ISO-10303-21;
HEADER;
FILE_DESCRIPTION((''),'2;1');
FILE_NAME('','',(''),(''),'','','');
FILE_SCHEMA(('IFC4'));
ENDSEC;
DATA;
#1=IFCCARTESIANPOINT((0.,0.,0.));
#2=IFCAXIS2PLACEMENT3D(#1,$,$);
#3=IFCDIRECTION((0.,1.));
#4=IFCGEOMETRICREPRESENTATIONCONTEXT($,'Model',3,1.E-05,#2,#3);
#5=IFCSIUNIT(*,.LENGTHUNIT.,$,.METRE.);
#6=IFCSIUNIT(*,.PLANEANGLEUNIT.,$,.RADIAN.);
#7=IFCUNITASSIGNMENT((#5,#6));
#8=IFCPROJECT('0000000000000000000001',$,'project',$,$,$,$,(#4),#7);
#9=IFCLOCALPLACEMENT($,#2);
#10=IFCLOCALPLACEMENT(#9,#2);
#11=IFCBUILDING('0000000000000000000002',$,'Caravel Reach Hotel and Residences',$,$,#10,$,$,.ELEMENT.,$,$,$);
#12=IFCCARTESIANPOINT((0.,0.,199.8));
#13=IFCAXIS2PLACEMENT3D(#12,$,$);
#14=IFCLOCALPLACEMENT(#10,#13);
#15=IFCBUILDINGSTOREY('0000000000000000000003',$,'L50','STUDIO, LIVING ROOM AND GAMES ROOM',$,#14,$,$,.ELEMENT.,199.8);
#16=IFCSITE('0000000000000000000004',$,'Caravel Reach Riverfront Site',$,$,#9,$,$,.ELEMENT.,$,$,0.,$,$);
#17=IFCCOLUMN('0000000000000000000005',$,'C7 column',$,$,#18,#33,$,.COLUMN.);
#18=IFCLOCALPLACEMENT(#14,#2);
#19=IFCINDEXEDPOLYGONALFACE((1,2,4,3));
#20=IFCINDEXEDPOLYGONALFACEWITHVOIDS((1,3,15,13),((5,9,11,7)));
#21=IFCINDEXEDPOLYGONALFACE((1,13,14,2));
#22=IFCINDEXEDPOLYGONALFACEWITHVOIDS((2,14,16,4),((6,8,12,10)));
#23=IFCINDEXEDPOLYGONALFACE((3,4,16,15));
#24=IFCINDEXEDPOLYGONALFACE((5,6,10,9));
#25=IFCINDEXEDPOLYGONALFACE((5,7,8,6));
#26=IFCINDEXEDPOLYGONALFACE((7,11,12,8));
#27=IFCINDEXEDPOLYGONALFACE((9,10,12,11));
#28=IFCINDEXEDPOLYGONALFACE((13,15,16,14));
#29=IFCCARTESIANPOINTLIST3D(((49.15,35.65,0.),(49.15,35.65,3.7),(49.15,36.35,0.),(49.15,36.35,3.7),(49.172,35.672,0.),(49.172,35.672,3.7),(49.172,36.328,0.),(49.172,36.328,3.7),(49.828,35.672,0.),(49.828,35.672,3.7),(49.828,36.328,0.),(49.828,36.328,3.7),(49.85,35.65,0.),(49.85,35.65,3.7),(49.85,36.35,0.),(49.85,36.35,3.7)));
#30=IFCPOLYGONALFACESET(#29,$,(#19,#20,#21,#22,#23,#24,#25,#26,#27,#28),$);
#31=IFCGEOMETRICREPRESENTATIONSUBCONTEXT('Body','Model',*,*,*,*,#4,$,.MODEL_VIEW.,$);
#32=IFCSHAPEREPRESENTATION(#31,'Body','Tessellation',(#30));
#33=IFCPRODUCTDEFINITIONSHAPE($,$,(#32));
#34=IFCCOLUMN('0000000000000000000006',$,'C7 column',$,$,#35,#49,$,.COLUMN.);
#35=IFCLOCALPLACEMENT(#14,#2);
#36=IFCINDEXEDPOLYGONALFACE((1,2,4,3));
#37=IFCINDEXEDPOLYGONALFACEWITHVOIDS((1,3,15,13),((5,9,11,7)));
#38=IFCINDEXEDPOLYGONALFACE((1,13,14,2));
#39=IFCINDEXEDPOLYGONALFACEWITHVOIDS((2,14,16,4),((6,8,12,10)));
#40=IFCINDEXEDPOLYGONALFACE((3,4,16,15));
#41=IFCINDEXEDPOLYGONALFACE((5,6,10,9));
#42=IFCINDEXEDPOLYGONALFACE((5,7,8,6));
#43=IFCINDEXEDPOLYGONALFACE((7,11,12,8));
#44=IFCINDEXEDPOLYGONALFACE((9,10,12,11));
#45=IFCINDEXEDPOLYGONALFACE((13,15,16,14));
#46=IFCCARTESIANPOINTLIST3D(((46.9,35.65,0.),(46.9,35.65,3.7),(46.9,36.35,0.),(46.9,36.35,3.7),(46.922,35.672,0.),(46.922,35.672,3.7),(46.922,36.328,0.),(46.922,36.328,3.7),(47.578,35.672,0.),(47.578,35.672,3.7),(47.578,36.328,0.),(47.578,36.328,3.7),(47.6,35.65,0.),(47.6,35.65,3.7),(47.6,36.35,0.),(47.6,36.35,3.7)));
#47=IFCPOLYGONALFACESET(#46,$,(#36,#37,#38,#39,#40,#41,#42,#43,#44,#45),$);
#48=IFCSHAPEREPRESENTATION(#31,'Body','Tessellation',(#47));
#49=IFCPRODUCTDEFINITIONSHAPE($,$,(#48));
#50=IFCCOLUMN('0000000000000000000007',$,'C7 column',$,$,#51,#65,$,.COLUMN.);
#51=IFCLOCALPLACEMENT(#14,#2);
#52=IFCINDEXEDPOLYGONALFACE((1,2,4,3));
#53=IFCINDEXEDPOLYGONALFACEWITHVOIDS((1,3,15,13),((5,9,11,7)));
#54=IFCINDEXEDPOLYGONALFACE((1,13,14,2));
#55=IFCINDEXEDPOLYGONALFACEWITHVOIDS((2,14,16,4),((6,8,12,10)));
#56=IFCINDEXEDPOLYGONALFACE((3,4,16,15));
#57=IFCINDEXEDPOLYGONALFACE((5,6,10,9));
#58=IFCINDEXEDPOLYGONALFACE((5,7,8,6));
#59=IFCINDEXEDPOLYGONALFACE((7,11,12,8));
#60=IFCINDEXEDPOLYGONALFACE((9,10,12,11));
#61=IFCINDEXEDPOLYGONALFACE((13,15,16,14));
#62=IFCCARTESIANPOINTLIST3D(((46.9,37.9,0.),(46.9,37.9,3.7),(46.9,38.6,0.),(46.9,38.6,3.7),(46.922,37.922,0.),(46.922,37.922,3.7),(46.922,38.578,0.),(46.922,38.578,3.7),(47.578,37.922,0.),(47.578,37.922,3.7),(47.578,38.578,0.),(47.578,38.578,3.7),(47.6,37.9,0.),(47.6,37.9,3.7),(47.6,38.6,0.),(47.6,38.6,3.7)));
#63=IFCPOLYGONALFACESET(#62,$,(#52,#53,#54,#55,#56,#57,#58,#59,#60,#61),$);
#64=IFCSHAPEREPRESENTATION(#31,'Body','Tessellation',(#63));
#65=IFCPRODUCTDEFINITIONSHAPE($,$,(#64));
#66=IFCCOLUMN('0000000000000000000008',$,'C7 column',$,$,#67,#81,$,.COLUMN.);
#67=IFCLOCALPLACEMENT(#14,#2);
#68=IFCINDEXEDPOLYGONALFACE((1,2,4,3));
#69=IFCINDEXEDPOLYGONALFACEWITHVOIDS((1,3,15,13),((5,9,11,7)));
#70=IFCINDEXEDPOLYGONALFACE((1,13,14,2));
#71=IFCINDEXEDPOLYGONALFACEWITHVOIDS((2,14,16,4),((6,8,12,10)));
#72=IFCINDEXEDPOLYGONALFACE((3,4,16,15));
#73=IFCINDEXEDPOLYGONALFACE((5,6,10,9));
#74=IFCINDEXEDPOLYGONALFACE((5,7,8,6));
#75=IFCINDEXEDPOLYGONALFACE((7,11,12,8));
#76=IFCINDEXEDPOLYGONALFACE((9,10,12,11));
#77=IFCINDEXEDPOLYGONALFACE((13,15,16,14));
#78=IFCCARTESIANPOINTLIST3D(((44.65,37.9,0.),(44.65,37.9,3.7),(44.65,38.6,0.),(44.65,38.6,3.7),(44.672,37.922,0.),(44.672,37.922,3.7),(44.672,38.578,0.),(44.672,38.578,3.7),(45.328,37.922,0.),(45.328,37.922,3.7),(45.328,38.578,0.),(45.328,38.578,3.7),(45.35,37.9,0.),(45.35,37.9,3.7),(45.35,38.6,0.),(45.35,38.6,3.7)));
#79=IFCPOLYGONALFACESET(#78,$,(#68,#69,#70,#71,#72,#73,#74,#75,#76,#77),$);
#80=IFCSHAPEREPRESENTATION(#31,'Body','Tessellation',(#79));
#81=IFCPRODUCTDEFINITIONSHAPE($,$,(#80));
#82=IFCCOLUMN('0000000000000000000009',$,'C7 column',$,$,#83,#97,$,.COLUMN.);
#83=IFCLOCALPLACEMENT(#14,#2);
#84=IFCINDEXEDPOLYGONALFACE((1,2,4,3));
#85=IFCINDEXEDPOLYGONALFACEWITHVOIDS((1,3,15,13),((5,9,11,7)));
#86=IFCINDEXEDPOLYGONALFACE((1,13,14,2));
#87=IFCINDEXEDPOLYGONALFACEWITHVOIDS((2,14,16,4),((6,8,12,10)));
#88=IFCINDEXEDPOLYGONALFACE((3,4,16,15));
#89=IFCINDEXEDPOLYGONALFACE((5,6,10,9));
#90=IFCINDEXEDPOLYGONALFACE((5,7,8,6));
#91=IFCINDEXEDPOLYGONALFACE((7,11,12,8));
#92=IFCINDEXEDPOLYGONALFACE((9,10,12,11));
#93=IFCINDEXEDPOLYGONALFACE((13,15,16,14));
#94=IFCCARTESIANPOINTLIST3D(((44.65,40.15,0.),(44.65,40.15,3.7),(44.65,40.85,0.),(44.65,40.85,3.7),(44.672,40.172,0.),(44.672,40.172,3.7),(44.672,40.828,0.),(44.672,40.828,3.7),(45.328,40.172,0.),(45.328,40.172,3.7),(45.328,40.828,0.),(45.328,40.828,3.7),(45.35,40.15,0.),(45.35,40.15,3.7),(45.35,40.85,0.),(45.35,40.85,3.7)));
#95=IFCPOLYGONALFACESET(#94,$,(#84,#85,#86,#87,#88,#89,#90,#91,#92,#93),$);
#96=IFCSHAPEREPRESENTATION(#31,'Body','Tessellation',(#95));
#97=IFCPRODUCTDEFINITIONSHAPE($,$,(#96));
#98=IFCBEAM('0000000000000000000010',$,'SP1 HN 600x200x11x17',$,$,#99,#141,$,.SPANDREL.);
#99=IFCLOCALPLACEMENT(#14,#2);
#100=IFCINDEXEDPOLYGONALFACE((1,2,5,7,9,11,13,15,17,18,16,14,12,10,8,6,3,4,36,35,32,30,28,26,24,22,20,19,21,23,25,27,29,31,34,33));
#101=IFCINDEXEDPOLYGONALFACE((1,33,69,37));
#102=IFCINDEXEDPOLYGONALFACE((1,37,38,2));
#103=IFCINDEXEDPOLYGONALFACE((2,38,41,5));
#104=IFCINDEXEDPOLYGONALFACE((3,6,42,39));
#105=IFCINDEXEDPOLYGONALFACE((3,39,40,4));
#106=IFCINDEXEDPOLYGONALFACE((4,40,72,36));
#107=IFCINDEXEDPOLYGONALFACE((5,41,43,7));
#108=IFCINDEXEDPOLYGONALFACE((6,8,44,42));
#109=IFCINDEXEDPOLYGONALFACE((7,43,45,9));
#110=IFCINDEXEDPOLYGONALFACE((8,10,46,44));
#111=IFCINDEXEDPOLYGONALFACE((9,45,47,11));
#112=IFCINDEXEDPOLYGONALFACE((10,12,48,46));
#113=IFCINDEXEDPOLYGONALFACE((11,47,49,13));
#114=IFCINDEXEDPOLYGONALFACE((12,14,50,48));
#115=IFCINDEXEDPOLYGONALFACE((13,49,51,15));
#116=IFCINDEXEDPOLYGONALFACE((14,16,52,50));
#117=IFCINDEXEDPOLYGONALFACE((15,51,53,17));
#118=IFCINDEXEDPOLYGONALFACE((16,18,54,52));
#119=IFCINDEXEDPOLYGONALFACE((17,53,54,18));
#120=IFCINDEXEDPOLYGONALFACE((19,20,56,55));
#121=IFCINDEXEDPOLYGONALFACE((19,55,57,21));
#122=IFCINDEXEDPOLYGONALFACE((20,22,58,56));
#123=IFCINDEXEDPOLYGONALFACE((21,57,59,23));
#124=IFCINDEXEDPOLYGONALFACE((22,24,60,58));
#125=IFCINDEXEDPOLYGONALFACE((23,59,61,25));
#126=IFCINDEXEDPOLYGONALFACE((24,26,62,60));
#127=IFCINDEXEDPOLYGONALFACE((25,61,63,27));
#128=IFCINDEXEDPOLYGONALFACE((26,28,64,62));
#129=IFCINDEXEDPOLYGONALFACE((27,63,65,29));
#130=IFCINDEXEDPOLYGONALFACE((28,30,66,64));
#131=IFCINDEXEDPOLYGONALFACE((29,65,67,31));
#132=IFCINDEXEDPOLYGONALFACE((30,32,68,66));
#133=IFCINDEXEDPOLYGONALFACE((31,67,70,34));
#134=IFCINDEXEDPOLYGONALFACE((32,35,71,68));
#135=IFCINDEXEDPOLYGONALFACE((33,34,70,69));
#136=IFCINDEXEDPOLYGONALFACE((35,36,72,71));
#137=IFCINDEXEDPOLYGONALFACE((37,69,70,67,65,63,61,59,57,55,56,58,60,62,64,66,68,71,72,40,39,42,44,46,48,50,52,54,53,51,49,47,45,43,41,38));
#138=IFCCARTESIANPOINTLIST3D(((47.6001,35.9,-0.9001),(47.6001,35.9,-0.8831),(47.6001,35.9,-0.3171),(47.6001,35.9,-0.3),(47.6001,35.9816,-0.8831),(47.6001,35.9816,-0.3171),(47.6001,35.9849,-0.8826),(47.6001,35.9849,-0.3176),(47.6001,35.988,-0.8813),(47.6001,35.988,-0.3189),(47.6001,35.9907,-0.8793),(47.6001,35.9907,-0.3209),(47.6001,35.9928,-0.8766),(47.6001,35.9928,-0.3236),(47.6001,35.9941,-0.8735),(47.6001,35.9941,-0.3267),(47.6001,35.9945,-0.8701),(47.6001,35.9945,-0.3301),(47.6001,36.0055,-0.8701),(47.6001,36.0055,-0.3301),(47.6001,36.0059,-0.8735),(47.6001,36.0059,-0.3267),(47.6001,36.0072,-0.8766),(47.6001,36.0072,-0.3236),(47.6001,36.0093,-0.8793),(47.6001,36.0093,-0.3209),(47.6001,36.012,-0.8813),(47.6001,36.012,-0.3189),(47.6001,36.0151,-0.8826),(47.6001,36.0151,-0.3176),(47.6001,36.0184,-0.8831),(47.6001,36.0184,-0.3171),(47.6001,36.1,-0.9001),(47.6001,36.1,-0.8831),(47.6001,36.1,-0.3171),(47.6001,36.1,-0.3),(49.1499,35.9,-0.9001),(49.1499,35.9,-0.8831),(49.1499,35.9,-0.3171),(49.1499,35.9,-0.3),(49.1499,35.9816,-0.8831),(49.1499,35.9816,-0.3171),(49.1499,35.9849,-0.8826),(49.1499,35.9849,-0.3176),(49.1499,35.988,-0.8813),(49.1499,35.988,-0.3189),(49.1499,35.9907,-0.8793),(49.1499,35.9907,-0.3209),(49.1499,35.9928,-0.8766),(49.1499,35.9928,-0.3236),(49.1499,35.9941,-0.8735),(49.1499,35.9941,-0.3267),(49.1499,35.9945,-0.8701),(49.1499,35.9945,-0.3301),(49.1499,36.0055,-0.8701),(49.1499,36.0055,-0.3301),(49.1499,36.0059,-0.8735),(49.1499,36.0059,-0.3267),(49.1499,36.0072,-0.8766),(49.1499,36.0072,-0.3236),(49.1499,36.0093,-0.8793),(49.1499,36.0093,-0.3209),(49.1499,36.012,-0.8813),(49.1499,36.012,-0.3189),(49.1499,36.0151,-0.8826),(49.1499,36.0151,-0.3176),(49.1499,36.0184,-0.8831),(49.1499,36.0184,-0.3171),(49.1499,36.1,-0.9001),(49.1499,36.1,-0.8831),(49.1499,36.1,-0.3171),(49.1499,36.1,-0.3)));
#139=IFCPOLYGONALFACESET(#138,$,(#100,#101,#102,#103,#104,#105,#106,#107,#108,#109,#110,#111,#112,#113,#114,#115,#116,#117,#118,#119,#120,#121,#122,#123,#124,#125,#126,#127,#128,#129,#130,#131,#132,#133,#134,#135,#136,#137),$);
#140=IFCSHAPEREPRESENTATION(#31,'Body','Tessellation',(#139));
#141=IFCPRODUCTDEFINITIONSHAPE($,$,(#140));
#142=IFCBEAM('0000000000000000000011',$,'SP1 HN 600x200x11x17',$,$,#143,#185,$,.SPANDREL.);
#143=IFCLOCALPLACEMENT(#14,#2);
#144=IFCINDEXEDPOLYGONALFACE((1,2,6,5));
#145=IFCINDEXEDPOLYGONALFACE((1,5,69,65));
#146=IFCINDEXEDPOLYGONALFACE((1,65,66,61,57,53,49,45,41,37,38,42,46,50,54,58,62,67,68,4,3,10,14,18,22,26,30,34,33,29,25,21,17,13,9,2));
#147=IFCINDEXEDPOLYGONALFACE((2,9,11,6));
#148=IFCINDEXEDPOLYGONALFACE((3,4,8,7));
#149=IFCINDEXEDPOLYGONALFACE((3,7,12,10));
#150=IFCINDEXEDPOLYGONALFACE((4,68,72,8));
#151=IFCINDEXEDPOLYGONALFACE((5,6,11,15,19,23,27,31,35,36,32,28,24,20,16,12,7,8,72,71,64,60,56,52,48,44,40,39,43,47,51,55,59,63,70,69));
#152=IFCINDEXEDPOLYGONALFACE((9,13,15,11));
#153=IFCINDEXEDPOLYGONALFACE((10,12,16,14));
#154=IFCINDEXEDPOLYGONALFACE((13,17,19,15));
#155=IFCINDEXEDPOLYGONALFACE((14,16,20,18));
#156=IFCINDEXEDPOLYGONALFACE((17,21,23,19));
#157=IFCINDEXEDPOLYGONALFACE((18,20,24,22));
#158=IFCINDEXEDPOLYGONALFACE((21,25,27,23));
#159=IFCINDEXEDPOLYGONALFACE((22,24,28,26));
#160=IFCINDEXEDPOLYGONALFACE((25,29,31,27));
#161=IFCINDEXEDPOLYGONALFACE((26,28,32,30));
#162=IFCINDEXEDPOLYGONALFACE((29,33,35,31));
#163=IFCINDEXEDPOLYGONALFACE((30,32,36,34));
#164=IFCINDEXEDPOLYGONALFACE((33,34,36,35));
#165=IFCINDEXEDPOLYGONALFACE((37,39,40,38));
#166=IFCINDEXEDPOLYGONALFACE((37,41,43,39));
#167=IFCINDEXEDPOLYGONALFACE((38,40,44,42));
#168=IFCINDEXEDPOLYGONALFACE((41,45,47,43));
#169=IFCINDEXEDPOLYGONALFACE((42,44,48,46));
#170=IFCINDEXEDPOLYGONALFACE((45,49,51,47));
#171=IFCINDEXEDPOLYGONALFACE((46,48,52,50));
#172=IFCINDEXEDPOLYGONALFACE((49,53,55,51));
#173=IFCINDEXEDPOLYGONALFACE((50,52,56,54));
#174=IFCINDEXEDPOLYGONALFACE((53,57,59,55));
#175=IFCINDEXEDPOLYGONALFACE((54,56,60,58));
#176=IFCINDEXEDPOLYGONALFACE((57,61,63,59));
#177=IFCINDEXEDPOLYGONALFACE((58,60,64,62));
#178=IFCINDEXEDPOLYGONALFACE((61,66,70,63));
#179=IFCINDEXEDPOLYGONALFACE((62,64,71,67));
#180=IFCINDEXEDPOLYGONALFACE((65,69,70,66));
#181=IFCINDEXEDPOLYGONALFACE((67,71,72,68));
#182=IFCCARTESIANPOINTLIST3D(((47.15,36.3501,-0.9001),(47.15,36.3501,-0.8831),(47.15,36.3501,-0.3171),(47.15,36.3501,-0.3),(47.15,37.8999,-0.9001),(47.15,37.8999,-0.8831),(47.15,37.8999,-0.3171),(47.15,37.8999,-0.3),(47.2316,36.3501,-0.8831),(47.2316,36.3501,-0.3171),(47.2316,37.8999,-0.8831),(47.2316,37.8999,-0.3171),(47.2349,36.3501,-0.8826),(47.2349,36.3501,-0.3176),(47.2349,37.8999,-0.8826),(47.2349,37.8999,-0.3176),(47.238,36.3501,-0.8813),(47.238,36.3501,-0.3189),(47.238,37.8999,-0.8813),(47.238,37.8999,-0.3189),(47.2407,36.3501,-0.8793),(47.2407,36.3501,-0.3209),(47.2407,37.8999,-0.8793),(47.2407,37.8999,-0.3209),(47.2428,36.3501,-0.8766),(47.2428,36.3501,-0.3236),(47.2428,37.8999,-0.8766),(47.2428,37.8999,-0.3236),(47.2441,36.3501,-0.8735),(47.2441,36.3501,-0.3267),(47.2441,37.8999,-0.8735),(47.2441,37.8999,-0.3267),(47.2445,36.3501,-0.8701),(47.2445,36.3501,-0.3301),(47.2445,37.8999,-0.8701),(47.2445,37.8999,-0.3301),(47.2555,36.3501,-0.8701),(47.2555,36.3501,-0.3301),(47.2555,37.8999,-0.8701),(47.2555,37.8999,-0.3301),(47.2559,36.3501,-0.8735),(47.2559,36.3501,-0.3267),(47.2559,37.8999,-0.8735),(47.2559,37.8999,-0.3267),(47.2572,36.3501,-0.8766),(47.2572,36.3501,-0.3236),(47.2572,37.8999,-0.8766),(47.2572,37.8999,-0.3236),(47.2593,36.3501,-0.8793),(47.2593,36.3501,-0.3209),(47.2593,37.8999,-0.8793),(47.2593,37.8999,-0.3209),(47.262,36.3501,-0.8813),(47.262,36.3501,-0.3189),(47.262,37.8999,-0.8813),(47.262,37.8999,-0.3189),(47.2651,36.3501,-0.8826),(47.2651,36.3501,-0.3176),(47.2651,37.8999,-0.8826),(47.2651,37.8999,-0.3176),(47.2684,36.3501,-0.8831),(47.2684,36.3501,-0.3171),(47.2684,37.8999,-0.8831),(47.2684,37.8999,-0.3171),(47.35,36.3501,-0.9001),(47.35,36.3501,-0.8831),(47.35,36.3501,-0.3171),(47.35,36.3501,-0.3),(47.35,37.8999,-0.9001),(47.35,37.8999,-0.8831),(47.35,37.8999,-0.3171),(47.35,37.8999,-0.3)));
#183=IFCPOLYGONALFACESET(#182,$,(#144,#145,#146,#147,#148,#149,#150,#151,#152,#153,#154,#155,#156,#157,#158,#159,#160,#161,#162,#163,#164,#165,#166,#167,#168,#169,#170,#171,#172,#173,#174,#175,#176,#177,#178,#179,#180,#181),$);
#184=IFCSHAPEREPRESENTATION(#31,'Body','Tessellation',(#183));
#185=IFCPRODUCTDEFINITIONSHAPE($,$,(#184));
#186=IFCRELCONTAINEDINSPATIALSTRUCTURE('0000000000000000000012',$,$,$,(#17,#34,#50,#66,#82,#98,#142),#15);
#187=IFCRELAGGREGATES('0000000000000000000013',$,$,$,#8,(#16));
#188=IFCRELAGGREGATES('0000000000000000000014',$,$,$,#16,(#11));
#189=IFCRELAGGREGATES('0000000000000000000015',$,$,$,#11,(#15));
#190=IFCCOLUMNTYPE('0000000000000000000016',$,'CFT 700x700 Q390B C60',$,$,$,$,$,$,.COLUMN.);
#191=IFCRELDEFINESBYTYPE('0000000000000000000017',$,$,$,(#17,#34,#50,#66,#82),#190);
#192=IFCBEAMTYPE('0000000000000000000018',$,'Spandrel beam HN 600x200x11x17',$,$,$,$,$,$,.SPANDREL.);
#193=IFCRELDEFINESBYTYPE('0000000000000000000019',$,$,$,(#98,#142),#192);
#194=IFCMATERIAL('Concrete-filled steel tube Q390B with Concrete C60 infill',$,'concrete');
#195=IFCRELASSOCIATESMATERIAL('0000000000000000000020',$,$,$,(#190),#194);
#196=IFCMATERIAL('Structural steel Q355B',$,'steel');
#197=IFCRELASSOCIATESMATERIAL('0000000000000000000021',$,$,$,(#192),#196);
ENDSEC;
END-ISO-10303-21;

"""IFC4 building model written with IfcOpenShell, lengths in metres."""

from ifc_helpers import new_model, si_unit, direction, frame, origin, origin_2d, place, context, subcontext, project, spatial, hollow_rectangle, i_section, extrude, material, material_profile, profile_set, type_object, element, save


model = new_model("IFC4")

# Units and contexts
model_context = context("Model", 3, precision=1e-05, world=origin(), true_north=direction((0.0, 1.0)))
body_context = subcontext(model_context, "Body", "Model", "MODEL_VIEW")
ifc_project = project(units=[si_unit("LENGTHUNIT", "METRE"), si_unit("PLANEANGLEUNIT", "RADIAN")], contexts=[model_context])

# Site, building, storey
site_placement = place(None, origin())
site = spatial("IfcSite", under=ifc_project, at=site_placement, Name="Caravel Reach Riverfront Site", CompositionType="ELEMENT", RefElevation=0.0)
building_placement = place(site_placement, origin())
building = spatial("IfcBuilding", under=site, at=building_placement, Name="Caravel Reach Hotel and Residences", CompositionType="ELEMENT")
storey_placement = place(building_placement, frame((0.0, 0.0, 199.8)))
storey = spatial("IfcBuildingStorey", under=building, at=storey_placement, Name="L50", Description="STUDIO, LIVING ROOM AND GAMES ROOM", CompositionType="ELEMENT", Elevation=199.8)

# Columns
ifc_material_1 = material(Name="Concrete-filled steel tube Q390B with Concrete C60 infill", Category="concrete")
ifc_material_profile_1 = material_profile(ifc_material_1, hollow_rectangle(XDim=0.7, YDim=0.7, WallThickness=0.022, at=origin_2d()), Name="RHS 700x700x22")
ifc_profile_set_1 = profile_set([ifc_material_profile_1], Name="Concrete-filled steel tube Q390B with Concrete C60 infill")
column_type = type_object("IfcColumnType", Name="CFT 700x700 Q390B C60", PredefinedType="COLUMN", material=ifc_profile_set_1)
for number, where, z_axis, x_axis, name in (
    (1, (49.5, 36.0, 0.0), (0.0, 0.0, 1.0), (1.0, 0.0, 0.0), "C7 column"),
    (2, (47.25, 36.0, 0.0), (0.0, 0.0, 1.0), (1.0, 0.0, 0.0), "C7 column"),
    (3, (47.25, 38.25, 0.0), (0.0, 0.0, 1.0), (1.0, 0.0, 0.0), "C7 column"),
    (4, (45.0, 38.25, 0.0), (0.0, 0.0, 1.0), (1.0, 0.0, 0.0), "C7 column"),
    (5, (45.0, 40.5, 0.0), (0.0, 0.0, 1.0), (1.0, 0.0, 0.0), "C7 column"),
):
    element("IfcColumn", number, at=place(storey_placement, frame(where, z_axis=z_axis, x_axis=x_axis)), inside=storey, type_object=column_type, Name=name, PredefinedType="COLUMN", context=body_context, shape_type="SweptSolid", body=[
        extrude(hollow_rectangle(XDim=0.7, YDim=0.7, WallThickness=0.022, at=origin_2d()), origin(), (0.0, 0.0, 1.0), 3.7),
    ])

# Beams
ifc_material_2 = material(Name="Structural steel Q355B", Category="steel")
ifc_material_profile_2 = material_profile(ifc_material_2, i_section(OverallWidth=0.2, OverallDepth=0.6001, WebThickness=0.011, FlangeThickness=0.0171, FilletRadius=0.0129, at=origin_2d()), Name="HN 600x200x11x17")
ifc_profile_set_2 = profile_set([ifc_material_profile_2], Name="Structural steel Q355B")
beam_type = type_object("IfcBeamType", Name="Spandrel beam HN 600x200x11x17", PredefinedType="SPANDREL", material=ifc_profile_set_2)
for number, where, z_axis, x_axis, name in (
    (6, (49.1499, 36.0, -0.6001), (-1.0, 0.0, 0.0), (0.0, -1.0, 0.0), "SP1 HN 600x200x11x17"),
    (7, (47.25, 36.3501, -0.6001), (0.0, 1.0, 0.0), (-1.0, 0.0, 0.0), "SP1 HN 600x200x11x17"),
):
    element("IfcBeam", number, at=place(storey_placement, frame(where, z_axis=z_axis, x_axis=x_axis)), inside=storey, type_object=beam_type, Name=name, PredefinedType="SPANDREL", context=body_context, shape_type="SweptSolid", body=[
        extrude(i_section(OverallWidth=0.2, OverallDepth=0.6001, WebThickness=0.011, FlangeThickness=0.0171, FilletRadius=0.0129, at=origin_2d()), origin(), (0.0, 0.0, 1.0), 1.5498),
    ])

save(model, "model.ifc")
